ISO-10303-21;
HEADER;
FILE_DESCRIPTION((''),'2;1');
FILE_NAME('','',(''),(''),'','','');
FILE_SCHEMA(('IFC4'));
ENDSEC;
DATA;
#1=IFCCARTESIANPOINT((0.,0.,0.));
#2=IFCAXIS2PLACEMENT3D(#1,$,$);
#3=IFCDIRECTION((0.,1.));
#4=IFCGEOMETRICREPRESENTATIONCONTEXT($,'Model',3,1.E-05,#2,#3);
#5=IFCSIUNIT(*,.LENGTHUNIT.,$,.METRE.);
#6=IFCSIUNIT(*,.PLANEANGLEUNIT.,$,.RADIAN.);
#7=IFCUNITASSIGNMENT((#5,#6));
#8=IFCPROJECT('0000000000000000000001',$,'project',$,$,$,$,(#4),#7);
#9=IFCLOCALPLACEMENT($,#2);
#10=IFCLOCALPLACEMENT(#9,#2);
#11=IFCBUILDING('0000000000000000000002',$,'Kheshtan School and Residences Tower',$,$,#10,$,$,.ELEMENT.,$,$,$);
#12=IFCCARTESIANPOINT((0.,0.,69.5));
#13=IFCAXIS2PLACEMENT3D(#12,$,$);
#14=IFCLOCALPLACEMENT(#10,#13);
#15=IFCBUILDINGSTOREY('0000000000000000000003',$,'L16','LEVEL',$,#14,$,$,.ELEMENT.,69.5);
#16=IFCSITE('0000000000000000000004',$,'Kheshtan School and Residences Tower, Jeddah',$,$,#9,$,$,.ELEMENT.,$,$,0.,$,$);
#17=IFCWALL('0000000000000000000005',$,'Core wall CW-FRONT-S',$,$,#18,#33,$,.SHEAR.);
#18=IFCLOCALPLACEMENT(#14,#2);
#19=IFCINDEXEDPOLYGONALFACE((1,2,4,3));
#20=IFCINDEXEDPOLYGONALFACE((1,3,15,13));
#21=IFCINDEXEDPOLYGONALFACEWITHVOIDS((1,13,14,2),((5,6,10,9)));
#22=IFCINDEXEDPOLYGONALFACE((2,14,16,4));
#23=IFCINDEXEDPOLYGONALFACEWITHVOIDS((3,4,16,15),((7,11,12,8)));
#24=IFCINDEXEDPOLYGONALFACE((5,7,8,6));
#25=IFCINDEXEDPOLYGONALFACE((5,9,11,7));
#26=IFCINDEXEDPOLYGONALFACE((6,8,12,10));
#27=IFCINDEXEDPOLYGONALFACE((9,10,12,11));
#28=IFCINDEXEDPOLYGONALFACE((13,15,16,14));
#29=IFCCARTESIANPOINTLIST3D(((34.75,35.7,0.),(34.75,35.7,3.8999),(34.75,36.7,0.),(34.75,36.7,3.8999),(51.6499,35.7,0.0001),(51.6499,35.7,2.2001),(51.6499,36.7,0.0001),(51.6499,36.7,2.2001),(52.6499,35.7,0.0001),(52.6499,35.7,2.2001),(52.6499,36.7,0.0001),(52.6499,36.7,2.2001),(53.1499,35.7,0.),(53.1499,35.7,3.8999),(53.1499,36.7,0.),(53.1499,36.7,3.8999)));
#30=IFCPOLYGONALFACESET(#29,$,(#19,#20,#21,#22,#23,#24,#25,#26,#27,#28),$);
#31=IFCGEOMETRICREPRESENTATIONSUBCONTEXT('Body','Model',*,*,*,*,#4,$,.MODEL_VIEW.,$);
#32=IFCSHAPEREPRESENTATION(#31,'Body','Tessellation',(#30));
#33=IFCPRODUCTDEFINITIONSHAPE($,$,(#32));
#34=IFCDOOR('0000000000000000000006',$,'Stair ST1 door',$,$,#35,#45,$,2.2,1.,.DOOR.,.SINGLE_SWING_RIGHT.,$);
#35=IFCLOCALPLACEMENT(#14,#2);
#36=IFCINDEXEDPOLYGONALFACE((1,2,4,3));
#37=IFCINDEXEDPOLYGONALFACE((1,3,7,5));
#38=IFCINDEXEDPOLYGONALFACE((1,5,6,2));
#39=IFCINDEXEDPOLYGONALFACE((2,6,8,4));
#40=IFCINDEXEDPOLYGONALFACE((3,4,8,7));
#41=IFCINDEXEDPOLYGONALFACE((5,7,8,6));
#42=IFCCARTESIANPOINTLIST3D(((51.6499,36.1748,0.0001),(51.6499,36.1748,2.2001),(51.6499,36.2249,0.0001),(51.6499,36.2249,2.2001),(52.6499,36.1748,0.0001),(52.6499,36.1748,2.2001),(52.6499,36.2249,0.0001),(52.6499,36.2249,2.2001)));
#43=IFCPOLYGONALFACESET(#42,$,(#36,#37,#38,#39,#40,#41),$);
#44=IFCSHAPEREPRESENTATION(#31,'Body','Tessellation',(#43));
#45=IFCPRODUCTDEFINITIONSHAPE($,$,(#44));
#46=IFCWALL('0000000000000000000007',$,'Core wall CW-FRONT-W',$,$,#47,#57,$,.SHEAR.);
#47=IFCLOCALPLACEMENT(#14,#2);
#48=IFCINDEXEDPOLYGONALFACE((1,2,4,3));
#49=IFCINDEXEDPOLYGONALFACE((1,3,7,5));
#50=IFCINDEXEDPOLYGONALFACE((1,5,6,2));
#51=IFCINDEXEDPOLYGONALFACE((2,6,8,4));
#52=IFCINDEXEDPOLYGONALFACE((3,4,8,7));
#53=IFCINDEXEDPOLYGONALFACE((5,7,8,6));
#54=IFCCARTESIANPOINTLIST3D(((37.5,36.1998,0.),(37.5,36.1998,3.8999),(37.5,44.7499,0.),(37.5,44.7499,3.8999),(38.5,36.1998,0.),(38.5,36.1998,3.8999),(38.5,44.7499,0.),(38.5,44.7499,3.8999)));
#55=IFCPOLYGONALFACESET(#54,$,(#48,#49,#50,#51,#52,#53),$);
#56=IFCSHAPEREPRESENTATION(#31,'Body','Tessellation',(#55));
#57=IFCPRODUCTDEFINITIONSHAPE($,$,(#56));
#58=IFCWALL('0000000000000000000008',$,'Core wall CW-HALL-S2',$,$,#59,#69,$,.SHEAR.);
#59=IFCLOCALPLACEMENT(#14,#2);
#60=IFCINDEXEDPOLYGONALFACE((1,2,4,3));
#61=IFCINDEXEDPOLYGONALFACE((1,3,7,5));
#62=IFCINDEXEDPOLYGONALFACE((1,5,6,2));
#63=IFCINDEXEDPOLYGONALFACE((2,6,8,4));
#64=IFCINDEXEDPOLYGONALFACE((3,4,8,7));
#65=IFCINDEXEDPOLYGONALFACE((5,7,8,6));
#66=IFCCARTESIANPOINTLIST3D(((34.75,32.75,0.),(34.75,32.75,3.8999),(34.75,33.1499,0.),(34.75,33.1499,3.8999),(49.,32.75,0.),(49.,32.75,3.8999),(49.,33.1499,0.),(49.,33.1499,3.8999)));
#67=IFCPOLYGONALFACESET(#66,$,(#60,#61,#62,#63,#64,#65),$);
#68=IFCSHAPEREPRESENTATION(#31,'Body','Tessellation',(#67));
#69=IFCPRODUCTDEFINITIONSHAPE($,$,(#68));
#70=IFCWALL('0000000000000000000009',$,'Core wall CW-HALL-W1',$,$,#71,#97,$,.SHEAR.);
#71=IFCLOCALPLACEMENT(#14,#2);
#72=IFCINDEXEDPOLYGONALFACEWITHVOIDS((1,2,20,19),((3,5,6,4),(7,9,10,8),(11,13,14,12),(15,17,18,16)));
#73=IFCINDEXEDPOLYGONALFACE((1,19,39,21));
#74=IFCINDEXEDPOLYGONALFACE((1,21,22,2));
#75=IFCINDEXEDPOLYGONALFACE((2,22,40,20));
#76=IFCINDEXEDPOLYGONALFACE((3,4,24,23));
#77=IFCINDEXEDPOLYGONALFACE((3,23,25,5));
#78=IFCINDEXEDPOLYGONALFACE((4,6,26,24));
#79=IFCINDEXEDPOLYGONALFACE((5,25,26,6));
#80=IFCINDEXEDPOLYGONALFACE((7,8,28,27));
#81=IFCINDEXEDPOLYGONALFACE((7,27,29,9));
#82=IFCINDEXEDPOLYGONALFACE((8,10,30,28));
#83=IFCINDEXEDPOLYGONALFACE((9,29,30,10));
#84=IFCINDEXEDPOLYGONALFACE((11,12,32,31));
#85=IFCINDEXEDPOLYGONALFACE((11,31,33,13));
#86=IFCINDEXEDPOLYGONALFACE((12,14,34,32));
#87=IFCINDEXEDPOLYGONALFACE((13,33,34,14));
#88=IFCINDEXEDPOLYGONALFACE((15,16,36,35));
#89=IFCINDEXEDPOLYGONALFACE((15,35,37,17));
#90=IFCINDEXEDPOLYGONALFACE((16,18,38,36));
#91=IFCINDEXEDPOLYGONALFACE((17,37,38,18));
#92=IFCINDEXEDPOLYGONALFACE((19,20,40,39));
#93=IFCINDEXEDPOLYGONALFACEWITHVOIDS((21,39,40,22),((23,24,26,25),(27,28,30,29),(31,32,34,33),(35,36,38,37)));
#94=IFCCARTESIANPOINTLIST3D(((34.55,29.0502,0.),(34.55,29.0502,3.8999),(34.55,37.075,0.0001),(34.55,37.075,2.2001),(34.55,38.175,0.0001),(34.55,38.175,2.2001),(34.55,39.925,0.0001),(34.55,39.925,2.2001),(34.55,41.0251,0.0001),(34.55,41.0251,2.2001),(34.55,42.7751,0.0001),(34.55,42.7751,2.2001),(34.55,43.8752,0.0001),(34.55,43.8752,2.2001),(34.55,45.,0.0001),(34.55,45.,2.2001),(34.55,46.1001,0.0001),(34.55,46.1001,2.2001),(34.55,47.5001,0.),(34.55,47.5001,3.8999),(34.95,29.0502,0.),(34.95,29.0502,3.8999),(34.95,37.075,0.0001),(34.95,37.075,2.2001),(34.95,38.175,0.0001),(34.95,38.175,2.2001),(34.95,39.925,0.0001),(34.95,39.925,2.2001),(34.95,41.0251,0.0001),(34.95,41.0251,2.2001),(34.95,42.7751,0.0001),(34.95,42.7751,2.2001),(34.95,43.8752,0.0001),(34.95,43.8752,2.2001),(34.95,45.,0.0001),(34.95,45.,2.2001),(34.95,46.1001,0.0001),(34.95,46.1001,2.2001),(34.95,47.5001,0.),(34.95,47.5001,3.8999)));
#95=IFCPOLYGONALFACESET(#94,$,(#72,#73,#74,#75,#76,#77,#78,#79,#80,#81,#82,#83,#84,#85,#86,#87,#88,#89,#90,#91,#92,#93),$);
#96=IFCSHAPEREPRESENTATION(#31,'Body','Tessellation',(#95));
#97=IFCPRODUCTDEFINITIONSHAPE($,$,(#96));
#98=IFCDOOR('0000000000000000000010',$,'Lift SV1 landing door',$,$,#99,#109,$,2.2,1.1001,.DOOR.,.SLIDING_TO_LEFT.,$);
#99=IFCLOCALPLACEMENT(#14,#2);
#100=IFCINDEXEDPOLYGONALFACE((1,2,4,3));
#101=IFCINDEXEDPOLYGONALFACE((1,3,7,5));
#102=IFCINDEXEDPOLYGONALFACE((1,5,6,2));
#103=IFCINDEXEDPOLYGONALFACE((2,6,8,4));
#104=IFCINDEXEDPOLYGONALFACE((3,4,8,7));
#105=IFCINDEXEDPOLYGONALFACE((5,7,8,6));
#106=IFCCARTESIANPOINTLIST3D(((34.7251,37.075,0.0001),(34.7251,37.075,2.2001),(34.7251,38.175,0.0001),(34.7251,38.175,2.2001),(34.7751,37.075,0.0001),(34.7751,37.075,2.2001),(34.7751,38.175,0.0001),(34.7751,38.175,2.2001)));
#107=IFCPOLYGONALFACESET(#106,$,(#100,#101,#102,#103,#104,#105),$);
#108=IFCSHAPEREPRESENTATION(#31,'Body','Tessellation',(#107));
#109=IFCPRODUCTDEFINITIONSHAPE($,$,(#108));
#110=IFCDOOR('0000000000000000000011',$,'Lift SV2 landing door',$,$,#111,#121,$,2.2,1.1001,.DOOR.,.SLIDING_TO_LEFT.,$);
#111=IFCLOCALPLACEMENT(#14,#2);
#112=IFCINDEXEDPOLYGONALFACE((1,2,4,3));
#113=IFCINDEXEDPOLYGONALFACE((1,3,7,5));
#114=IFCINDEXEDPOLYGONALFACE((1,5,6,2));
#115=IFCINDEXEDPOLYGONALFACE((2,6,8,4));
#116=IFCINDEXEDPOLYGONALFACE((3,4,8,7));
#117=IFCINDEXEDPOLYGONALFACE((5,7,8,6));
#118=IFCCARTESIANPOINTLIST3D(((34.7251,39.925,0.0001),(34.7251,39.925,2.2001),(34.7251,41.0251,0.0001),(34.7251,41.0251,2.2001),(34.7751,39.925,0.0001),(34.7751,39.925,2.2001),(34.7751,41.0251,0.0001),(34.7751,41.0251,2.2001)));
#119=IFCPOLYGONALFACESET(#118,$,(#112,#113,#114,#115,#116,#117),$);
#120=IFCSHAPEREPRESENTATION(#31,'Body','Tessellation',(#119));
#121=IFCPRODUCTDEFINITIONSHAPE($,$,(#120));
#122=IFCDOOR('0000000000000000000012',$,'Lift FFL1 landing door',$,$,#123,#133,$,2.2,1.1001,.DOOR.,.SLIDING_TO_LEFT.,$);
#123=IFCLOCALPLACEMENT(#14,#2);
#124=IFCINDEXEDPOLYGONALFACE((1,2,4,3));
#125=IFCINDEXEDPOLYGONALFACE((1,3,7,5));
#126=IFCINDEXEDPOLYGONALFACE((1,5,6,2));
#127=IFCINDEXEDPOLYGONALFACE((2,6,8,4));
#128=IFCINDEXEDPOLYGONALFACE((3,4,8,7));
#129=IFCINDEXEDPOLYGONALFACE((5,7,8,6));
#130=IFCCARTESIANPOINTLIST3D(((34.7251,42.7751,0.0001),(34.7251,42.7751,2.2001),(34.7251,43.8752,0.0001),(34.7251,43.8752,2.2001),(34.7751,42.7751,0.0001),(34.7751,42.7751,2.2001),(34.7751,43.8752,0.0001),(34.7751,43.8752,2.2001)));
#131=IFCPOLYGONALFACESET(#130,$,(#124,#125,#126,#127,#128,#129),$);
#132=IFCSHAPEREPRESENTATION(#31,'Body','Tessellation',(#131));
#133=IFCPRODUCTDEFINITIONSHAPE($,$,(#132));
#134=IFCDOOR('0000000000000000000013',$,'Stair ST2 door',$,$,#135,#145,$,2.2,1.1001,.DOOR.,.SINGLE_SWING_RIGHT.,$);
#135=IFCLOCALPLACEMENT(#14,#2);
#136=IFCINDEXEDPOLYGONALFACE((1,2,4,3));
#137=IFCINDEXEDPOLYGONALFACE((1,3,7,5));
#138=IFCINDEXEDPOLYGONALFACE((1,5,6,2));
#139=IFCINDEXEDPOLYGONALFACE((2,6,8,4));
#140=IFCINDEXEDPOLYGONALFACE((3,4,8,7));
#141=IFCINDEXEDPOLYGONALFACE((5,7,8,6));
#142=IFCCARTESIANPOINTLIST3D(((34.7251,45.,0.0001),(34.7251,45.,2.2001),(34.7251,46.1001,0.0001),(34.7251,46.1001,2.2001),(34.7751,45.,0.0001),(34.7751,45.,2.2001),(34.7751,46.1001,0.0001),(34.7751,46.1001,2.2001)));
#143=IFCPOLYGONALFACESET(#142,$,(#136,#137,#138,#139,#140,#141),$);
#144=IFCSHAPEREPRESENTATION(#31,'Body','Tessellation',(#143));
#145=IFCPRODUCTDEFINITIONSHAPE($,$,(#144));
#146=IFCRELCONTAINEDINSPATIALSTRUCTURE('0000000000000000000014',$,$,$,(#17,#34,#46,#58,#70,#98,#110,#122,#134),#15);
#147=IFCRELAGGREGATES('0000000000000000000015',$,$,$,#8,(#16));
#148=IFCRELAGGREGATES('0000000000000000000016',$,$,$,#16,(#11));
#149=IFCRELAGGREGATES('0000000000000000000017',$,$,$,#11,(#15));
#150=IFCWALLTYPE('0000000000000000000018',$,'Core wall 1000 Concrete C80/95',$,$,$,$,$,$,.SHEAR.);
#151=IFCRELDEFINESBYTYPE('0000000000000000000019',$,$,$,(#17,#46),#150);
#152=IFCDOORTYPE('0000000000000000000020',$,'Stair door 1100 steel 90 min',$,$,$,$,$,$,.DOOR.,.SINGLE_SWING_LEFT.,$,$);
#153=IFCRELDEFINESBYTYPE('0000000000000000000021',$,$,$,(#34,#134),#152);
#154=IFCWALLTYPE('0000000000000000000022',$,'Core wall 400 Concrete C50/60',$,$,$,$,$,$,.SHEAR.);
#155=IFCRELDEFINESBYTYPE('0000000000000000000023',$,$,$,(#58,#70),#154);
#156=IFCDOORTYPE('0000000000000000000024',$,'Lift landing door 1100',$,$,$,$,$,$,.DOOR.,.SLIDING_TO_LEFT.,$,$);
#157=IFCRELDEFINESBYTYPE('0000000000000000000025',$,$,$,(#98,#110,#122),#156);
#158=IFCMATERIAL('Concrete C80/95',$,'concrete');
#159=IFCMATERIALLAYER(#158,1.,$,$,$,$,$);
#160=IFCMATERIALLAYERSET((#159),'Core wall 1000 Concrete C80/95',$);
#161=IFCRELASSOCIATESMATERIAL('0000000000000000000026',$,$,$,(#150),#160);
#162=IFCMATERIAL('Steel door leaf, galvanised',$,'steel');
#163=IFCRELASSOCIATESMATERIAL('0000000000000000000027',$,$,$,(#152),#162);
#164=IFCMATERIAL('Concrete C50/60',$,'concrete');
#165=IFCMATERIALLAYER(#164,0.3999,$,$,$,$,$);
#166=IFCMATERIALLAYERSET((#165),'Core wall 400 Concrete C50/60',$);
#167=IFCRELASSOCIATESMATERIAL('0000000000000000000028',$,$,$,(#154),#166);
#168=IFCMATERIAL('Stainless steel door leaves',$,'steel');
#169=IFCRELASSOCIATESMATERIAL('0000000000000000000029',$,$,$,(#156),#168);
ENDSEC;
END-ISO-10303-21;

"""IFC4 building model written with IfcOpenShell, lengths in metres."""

from ifc_helpers import new_model, si_unit, direction, frame, frame_2d, origin, place, context, subcontext, project, spatial, rectangle, extrude, source, transform, mapped, material, layer, layer_set, type_object, element, fill, save


model = new_model("IFC4")

# Units and contexts
model_context = context("Model", 3, precision=1e-05, world=origin(), true_north=direction((0.0, 1.0)))
body_context = subcontext(model_context, "Body", "Model", "MODEL_VIEW")
ifc_project = project(units=[si_unit("LENGTHUNIT", "METRE"), si_unit("PLANEANGLEUNIT", "RADIAN")], contexts=[model_context])

# Site, building, storey
site_placement = place(None, origin())
site = spatial("IfcSite", under=ifc_project, at=site_placement, Name="Kheshtan School and Residences Tower, Jeddah", CompositionType="ELEMENT", RefElevation=0.0)
building_placement = place(site_placement, origin())
building = spatial("IfcBuilding", under=site, at=building_placement, Name="Kheshtan School and Residences Tower", CompositionType="ELEMENT")
storey_placement = place(building_placement, frame((0.0, 0.0, 69.5)))
storey = spatial("IfcBuildingStorey", under=building, at=storey_placement, Name="L16", Description="LEVEL", CompositionType="ELEMENT", Elevation=69.5)

# Wall, opening, door
ifc_material_1 = material(Name="Concrete C80/95", Category="concrete")
ifc_layer_1 = layer(ifc_material_1, 1.0)
ifc_layer_set_1 = layer_set([ifc_layer_1], Name="Core wall 1000 Concrete C80/95")
wall_type_1 = type_object("IfcWallType", Name="Core wall 1000 Concrete C80/95", PredefinedType="SHEAR", material=ifc_layer_set_1)
wall_1_placement = place(storey_placement, frame((34.75, 36.2, 0.0), z_axis=(0.0, 0.0, 1.0), x_axis=(1.0, 0.0, 0.0)))
wall_1 = element("IfcWall", 1, at=wall_1_placement, inside=storey, type_object=wall_type_1, Name="Core wall CW-FRONT-S", PredefinedType="SHEAR", context=body_context, shape_type="SweptSolid", body=[
    extrude(rectangle(XDim=18.3999, YDim=1.0, at=frame_2d((9.2, 0.0))), origin(), (0.0, 0.0, 1.0), 3.8999),
])
opening_1_placement = place(wall_1_placement, frame((16.8999, 0.0, 0.0)))
opening_1 = element("IfcOpeningElement", 2, at=opening_1_placement, cuts=wall_1, PredefinedType="OPENING", context=body_context, shape_type="SweptSolid", body=[
    extrude(rectangle(XDim=1.0, YDim=2.2, at=frame_2d((0.5, 1.1001))), frame((0.0, 0.51, 0.0), z_axis=(0.0, -1.0, 0.0), x_axis=(1.0, 0.0, 0.0)), (0.0, 0.0, 1.0), 1.02),
])
ifc_material_2 = material(Name="Steel door leaf, galvanised", Category="steel")
door_type_1 = type_object("IfcDoorType", Name="Stair door 1100 steel 90 min", OperationType="SINGLE_SWING_LEFT", PredefinedType="DOOR", material=ifc_material_2)
shared_shape_1 = source(origin(), body_context, "Body", "SweptSolid", [
    extrude(rectangle(XDim=1.0, YDim=2.2, at=frame_2d((0.5, 1.1001))), frame((0.0, 0.0249, 0.0), z_axis=(0.0, -1.0, 0.0), x_axis=(1.0, 0.0, 0.0)), (0.0, 0.0, 1.0), 0.05),
])
door_1_placement = place(opening_1_placement, origin())
door_1 = element("IfcDoor", 3, at=door_1_placement, inside=storey, type_object=door_type_1, Name="Stair ST1 door", OperationType="SINGLE_SWING_RIGHT", OverallHeight=2.2, OverallWidth=1.0, PredefinedType="DOOR", context=body_context, shape_type="MappedRepresentation", body=[
    mapped(shared_shape_1, transform((0.0, 0.0, 0.0), x_axis=(1.0, 0.0, 0.0), y_axis=(0.0, 1.0, 0.0), z_axis=(0.0, 0.0, 1.0), scale=1.0)),
])
fill(opening_1, door_1)

# Walls
wall_2_placement = place(storey_placement, frame((38.0, 36.2, 0.0), z_axis=(0.0, 0.0, 1.0), x_axis=(0.0, 1.0, 0.0)))
element("IfcWall", 4, at=wall_2_placement, inside=storey, type_object=wall_type_1, Name="Core wall CW-FRONT-W", PredefinedType="SHEAR", context=body_context, shape_type="SweptSolid", body=[
    extrude(rectangle(XDim=8.55, YDim=1.0, at=frame_2d((4.2749, 0.0))), origin(), (0.0, 0.0, 1.0), 3.8999),
])
ifc_material_3 = material(Name="Concrete C50/60", Category="concrete")
ifc_layer_2 = layer(ifc_material_3, 0.3999)
ifc_layer_set_2 = layer_set([ifc_layer_2], Name="Core wall 400 Concrete C50/60")
wall_type_2 = type_object("IfcWallType", Name="Core wall 400 Concrete C50/60", PredefinedType="SHEAR", material=ifc_layer_set_2)
wall_3_placement = place(storey_placement, frame((34.75, 32.95, 0.0), z_axis=(0.0, 0.0, 1.0), x_axis=(1.0, 0.0, 0.0)))
element("IfcWall", 5, at=wall_3_placement, inside=storey, type_object=wall_type_2, Name="Core wall CW-HALL-S2", PredefinedType="SHEAR", context=body_context, shape_type="SweptSolid", body=[
    extrude(rectangle(XDim=14.25, YDim=0.3999, at=frame_2d((7.125, 0.0))), origin(), (0.0, 0.0, 1.0), 3.8999),
])

# Wall, openings, doors
wall_4_placement = place(storey_placement, frame((34.75, 29.05, 0.0), z_axis=(0.0, 0.0, 1.0), x_axis=(0.0, 1.0, 0.0)))
wall_4 = element("IfcWall", 6, at=wall_4_placement, inside=storey, type_object=wall_type_2, Name="Core wall CW-HALL-W1", PredefinedType="SHEAR", context=body_context, shape_type="SweptSolid", body=[
    extrude(rectangle(XDim=18.45, YDim=0.3999, at=frame_2d((9.2251, 0.0))), origin(), (0.0, 0.0, 1.0), 3.8999),
])
opening_2_placement = place(wall_4_placement, frame((8.0249, 0.0, 0.0)))
opening_2 = element("IfcOpeningElement", 7, at=opening_2_placement, cuts=wall_4, PredefinedType="OPENING", context=body_context, shape_type="SweptSolid", body=[
    extrude(rectangle(XDim=1.1001, YDim=2.2, at=frame_2d((0.55, 1.1001))), frame((0.0, 0.21, 0.0), z_axis=(0.0, -1.0, 0.0), x_axis=(1.0, 0.0, 0.0)), (0.0, 0.0, 1.0), 0.4199),
])
opening_3_placement = place(wall_4_placement, frame((10.875, 0.0, 0.0)))
opening_3 = element("IfcOpeningElement", 8, at=opening_3_placement, cuts=wall_4, PredefinedType="OPENING", context=body_context, shape_type="SweptSolid", body=[
    extrude(rectangle(XDim=1.1001, YDim=2.2, at=frame_2d((0.55, 1.1001))), frame((0.0, 0.21, 0.0), z_axis=(0.0, -1.0, 0.0), x_axis=(1.0, 0.0, 0.0)), (0.0, 0.0, 1.0), 0.4199),
])
opening_4_placement = place(wall_4_placement, frame((13.7251, 0.0, 0.0)))
opening_4 = element("IfcOpeningElement", 9, at=opening_4_placement, cuts=wall_4, PredefinedType="OPENING", context=body_context, shape_type="SweptSolid", body=[
    extrude(rectangle(XDim=1.1001, YDim=2.2, at=frame_2d((0.55, 1.1001))), frame((0.0, 0.21, 0.0), z_axis=(0.0, -1.0, 0.0), x_axis=(1.0, 0.0, 0.0)), (0.0, 0.0, 1.0), 0.4199),
])
opening_5_placement = place(wall_4_placement, frame((15.95, 0.0, 0.0)))
opening_5 = element("IfcOpeningElement", 10, at=opening_5_placement, cuts=wall_4, PredefinedType="OPENING", context=body_context, shape_type="SweptSolid", body=[
    extrude(rectangle(XDim=1.1001, YDim=2.2, at=frame_2d((0.55, 1.1001))), frame((0.0, 0.21, 0.0), z_axis=(0.0, -1.0, 0.0), x_axis=(1.0, 0.0, 0.0)), (0.0, 0.0, 1.0), 0.4199),
])
ifc_material_4 = material(Name="Stainless steel door leaves", Category="steel")
door_type_2 = type_object("IfcDoorType", Name="Lift landing door 1100", OperationType="SLIDING_TO_LEFT", PredefinedType="DOOR", material=ifc_material_4)
shared_shape_2 = source(origin(), body_context, "Body", "SweptSolid", [
    extrude(rectangle(XDim=1.1001, YDim=2.2, at=frame_2d((0.55, 1.1001))), frame((0.0, 0.0249, 0.0), z_axis=(0.0, -1.0, 0.0), x_axis=(1.0, 0.0, 0.0)), (0.0, 0.0, 1.0), 0.05),
])
door_2_placement = place(opening_2_placement, origin())
door_2 = element("IfcDoor", 11, at=door_2_placement, inside=storey, type_object=door_type_2, Name="Lift SV1 landing door", OperationType="SLIDING_TO_LEFT", OverallHeight=2.2, OverallWidth=1.1001, PredefinedType="DOOR", context=body_context, shape_type="MappedRepresentation", body=[
    mapped(shared_shape_2, transform((0.0, 0.0, 0.0), x_axis=(1.0, 0.0, 0.0), y_axis=(0.0, 1.0, 0.0), z_axis=(0.0, 0.0, 1.0), scale=1.0)),
])
fill(opening_2, door_2)
door_3_placement = place(opening_3_placement, origin())
door_3 = element("IfcDoor", 12, at=door_3_placement, inside=storey, type_object=door_type_2, Name="Lift SV2 landing door", OperationType="SLIDING_TO_LEFT", OverallHeight=2.2, OverallWidth=1.1001, PredefinedType="DOOR", context=body_context, shape_type="MappedRepresentation", body=[
    mapped(shared_shape_2, transform((0.0, 0.0, 0.0), x_axis=(1.0, 0.0, 0.0), y_axis=(0.0, 1.0, 0.0), z_axis=(0.0, 0.0, 1.0), scale=1.0)),
])
fill(opening_3, door_3)
door_4_placement = place(opening_4_placement, origin())
door_4 = element("IfcDoor", 13, at=door_4_placement, inside=storey, type_object=door_type_2, Name="Lift FFL1 landing door", OperationType="SLIDING_TO_LEFT", OverallHeight=2.2, OverallWidth=1.1001, PredefinedType="DOOR", context=body_context, shape_type="MappedRepresentation", body=[
    mapped(shared_shape_2, transform((0.0, 0.0, 0.0), x_axis=(1.0, 0.0, 0.0), y_axis=(0.0, 1.0, 0.0), z_axis=(0.0, 0.0, 1.0), scale=1.0)),
])
fill(opening_4, door_4)
shared_shape_3 = source(origin(), body_context, "Body", "SweptSolid", [
    extrude(rectangle(XDim=1.1001, YDim=2.2, at=frame_2d((0.55, 1.1001))), frame((0.0, 0.0249, 0.0), z_axis=(0.0, -1.0, 0.0), x_axis=(1.0, 0.0, 0.0)), (0.0, 0.0, 1.0), 0.05),
])
door_5_placement = place(opening_5_placement, origin())
door_5 = element("IfcDoor", 14, at=door_5_placement, inside=storey, type_object=door_type_1, Name="Stair ST2 door", OperationType="SINGLE_SWING_RIGHT", OverallHeight=2.2, OverallWidth=1.1001, PredefinedType="DOOR", context=body_context, shape_type="MappedRepresentation", body=[
    mapped(shared_shape_3, transform((0.0, 0.0, 0.0), x_axis=(1.0, 0.0, 0.0), y_axis=(0.0, 1.0, 0.0), z_axis=(0.0, 0.0, 1.0), scale=1.0)),
])
fill(opening_5, door_5)

save(model, "model.ifc")
